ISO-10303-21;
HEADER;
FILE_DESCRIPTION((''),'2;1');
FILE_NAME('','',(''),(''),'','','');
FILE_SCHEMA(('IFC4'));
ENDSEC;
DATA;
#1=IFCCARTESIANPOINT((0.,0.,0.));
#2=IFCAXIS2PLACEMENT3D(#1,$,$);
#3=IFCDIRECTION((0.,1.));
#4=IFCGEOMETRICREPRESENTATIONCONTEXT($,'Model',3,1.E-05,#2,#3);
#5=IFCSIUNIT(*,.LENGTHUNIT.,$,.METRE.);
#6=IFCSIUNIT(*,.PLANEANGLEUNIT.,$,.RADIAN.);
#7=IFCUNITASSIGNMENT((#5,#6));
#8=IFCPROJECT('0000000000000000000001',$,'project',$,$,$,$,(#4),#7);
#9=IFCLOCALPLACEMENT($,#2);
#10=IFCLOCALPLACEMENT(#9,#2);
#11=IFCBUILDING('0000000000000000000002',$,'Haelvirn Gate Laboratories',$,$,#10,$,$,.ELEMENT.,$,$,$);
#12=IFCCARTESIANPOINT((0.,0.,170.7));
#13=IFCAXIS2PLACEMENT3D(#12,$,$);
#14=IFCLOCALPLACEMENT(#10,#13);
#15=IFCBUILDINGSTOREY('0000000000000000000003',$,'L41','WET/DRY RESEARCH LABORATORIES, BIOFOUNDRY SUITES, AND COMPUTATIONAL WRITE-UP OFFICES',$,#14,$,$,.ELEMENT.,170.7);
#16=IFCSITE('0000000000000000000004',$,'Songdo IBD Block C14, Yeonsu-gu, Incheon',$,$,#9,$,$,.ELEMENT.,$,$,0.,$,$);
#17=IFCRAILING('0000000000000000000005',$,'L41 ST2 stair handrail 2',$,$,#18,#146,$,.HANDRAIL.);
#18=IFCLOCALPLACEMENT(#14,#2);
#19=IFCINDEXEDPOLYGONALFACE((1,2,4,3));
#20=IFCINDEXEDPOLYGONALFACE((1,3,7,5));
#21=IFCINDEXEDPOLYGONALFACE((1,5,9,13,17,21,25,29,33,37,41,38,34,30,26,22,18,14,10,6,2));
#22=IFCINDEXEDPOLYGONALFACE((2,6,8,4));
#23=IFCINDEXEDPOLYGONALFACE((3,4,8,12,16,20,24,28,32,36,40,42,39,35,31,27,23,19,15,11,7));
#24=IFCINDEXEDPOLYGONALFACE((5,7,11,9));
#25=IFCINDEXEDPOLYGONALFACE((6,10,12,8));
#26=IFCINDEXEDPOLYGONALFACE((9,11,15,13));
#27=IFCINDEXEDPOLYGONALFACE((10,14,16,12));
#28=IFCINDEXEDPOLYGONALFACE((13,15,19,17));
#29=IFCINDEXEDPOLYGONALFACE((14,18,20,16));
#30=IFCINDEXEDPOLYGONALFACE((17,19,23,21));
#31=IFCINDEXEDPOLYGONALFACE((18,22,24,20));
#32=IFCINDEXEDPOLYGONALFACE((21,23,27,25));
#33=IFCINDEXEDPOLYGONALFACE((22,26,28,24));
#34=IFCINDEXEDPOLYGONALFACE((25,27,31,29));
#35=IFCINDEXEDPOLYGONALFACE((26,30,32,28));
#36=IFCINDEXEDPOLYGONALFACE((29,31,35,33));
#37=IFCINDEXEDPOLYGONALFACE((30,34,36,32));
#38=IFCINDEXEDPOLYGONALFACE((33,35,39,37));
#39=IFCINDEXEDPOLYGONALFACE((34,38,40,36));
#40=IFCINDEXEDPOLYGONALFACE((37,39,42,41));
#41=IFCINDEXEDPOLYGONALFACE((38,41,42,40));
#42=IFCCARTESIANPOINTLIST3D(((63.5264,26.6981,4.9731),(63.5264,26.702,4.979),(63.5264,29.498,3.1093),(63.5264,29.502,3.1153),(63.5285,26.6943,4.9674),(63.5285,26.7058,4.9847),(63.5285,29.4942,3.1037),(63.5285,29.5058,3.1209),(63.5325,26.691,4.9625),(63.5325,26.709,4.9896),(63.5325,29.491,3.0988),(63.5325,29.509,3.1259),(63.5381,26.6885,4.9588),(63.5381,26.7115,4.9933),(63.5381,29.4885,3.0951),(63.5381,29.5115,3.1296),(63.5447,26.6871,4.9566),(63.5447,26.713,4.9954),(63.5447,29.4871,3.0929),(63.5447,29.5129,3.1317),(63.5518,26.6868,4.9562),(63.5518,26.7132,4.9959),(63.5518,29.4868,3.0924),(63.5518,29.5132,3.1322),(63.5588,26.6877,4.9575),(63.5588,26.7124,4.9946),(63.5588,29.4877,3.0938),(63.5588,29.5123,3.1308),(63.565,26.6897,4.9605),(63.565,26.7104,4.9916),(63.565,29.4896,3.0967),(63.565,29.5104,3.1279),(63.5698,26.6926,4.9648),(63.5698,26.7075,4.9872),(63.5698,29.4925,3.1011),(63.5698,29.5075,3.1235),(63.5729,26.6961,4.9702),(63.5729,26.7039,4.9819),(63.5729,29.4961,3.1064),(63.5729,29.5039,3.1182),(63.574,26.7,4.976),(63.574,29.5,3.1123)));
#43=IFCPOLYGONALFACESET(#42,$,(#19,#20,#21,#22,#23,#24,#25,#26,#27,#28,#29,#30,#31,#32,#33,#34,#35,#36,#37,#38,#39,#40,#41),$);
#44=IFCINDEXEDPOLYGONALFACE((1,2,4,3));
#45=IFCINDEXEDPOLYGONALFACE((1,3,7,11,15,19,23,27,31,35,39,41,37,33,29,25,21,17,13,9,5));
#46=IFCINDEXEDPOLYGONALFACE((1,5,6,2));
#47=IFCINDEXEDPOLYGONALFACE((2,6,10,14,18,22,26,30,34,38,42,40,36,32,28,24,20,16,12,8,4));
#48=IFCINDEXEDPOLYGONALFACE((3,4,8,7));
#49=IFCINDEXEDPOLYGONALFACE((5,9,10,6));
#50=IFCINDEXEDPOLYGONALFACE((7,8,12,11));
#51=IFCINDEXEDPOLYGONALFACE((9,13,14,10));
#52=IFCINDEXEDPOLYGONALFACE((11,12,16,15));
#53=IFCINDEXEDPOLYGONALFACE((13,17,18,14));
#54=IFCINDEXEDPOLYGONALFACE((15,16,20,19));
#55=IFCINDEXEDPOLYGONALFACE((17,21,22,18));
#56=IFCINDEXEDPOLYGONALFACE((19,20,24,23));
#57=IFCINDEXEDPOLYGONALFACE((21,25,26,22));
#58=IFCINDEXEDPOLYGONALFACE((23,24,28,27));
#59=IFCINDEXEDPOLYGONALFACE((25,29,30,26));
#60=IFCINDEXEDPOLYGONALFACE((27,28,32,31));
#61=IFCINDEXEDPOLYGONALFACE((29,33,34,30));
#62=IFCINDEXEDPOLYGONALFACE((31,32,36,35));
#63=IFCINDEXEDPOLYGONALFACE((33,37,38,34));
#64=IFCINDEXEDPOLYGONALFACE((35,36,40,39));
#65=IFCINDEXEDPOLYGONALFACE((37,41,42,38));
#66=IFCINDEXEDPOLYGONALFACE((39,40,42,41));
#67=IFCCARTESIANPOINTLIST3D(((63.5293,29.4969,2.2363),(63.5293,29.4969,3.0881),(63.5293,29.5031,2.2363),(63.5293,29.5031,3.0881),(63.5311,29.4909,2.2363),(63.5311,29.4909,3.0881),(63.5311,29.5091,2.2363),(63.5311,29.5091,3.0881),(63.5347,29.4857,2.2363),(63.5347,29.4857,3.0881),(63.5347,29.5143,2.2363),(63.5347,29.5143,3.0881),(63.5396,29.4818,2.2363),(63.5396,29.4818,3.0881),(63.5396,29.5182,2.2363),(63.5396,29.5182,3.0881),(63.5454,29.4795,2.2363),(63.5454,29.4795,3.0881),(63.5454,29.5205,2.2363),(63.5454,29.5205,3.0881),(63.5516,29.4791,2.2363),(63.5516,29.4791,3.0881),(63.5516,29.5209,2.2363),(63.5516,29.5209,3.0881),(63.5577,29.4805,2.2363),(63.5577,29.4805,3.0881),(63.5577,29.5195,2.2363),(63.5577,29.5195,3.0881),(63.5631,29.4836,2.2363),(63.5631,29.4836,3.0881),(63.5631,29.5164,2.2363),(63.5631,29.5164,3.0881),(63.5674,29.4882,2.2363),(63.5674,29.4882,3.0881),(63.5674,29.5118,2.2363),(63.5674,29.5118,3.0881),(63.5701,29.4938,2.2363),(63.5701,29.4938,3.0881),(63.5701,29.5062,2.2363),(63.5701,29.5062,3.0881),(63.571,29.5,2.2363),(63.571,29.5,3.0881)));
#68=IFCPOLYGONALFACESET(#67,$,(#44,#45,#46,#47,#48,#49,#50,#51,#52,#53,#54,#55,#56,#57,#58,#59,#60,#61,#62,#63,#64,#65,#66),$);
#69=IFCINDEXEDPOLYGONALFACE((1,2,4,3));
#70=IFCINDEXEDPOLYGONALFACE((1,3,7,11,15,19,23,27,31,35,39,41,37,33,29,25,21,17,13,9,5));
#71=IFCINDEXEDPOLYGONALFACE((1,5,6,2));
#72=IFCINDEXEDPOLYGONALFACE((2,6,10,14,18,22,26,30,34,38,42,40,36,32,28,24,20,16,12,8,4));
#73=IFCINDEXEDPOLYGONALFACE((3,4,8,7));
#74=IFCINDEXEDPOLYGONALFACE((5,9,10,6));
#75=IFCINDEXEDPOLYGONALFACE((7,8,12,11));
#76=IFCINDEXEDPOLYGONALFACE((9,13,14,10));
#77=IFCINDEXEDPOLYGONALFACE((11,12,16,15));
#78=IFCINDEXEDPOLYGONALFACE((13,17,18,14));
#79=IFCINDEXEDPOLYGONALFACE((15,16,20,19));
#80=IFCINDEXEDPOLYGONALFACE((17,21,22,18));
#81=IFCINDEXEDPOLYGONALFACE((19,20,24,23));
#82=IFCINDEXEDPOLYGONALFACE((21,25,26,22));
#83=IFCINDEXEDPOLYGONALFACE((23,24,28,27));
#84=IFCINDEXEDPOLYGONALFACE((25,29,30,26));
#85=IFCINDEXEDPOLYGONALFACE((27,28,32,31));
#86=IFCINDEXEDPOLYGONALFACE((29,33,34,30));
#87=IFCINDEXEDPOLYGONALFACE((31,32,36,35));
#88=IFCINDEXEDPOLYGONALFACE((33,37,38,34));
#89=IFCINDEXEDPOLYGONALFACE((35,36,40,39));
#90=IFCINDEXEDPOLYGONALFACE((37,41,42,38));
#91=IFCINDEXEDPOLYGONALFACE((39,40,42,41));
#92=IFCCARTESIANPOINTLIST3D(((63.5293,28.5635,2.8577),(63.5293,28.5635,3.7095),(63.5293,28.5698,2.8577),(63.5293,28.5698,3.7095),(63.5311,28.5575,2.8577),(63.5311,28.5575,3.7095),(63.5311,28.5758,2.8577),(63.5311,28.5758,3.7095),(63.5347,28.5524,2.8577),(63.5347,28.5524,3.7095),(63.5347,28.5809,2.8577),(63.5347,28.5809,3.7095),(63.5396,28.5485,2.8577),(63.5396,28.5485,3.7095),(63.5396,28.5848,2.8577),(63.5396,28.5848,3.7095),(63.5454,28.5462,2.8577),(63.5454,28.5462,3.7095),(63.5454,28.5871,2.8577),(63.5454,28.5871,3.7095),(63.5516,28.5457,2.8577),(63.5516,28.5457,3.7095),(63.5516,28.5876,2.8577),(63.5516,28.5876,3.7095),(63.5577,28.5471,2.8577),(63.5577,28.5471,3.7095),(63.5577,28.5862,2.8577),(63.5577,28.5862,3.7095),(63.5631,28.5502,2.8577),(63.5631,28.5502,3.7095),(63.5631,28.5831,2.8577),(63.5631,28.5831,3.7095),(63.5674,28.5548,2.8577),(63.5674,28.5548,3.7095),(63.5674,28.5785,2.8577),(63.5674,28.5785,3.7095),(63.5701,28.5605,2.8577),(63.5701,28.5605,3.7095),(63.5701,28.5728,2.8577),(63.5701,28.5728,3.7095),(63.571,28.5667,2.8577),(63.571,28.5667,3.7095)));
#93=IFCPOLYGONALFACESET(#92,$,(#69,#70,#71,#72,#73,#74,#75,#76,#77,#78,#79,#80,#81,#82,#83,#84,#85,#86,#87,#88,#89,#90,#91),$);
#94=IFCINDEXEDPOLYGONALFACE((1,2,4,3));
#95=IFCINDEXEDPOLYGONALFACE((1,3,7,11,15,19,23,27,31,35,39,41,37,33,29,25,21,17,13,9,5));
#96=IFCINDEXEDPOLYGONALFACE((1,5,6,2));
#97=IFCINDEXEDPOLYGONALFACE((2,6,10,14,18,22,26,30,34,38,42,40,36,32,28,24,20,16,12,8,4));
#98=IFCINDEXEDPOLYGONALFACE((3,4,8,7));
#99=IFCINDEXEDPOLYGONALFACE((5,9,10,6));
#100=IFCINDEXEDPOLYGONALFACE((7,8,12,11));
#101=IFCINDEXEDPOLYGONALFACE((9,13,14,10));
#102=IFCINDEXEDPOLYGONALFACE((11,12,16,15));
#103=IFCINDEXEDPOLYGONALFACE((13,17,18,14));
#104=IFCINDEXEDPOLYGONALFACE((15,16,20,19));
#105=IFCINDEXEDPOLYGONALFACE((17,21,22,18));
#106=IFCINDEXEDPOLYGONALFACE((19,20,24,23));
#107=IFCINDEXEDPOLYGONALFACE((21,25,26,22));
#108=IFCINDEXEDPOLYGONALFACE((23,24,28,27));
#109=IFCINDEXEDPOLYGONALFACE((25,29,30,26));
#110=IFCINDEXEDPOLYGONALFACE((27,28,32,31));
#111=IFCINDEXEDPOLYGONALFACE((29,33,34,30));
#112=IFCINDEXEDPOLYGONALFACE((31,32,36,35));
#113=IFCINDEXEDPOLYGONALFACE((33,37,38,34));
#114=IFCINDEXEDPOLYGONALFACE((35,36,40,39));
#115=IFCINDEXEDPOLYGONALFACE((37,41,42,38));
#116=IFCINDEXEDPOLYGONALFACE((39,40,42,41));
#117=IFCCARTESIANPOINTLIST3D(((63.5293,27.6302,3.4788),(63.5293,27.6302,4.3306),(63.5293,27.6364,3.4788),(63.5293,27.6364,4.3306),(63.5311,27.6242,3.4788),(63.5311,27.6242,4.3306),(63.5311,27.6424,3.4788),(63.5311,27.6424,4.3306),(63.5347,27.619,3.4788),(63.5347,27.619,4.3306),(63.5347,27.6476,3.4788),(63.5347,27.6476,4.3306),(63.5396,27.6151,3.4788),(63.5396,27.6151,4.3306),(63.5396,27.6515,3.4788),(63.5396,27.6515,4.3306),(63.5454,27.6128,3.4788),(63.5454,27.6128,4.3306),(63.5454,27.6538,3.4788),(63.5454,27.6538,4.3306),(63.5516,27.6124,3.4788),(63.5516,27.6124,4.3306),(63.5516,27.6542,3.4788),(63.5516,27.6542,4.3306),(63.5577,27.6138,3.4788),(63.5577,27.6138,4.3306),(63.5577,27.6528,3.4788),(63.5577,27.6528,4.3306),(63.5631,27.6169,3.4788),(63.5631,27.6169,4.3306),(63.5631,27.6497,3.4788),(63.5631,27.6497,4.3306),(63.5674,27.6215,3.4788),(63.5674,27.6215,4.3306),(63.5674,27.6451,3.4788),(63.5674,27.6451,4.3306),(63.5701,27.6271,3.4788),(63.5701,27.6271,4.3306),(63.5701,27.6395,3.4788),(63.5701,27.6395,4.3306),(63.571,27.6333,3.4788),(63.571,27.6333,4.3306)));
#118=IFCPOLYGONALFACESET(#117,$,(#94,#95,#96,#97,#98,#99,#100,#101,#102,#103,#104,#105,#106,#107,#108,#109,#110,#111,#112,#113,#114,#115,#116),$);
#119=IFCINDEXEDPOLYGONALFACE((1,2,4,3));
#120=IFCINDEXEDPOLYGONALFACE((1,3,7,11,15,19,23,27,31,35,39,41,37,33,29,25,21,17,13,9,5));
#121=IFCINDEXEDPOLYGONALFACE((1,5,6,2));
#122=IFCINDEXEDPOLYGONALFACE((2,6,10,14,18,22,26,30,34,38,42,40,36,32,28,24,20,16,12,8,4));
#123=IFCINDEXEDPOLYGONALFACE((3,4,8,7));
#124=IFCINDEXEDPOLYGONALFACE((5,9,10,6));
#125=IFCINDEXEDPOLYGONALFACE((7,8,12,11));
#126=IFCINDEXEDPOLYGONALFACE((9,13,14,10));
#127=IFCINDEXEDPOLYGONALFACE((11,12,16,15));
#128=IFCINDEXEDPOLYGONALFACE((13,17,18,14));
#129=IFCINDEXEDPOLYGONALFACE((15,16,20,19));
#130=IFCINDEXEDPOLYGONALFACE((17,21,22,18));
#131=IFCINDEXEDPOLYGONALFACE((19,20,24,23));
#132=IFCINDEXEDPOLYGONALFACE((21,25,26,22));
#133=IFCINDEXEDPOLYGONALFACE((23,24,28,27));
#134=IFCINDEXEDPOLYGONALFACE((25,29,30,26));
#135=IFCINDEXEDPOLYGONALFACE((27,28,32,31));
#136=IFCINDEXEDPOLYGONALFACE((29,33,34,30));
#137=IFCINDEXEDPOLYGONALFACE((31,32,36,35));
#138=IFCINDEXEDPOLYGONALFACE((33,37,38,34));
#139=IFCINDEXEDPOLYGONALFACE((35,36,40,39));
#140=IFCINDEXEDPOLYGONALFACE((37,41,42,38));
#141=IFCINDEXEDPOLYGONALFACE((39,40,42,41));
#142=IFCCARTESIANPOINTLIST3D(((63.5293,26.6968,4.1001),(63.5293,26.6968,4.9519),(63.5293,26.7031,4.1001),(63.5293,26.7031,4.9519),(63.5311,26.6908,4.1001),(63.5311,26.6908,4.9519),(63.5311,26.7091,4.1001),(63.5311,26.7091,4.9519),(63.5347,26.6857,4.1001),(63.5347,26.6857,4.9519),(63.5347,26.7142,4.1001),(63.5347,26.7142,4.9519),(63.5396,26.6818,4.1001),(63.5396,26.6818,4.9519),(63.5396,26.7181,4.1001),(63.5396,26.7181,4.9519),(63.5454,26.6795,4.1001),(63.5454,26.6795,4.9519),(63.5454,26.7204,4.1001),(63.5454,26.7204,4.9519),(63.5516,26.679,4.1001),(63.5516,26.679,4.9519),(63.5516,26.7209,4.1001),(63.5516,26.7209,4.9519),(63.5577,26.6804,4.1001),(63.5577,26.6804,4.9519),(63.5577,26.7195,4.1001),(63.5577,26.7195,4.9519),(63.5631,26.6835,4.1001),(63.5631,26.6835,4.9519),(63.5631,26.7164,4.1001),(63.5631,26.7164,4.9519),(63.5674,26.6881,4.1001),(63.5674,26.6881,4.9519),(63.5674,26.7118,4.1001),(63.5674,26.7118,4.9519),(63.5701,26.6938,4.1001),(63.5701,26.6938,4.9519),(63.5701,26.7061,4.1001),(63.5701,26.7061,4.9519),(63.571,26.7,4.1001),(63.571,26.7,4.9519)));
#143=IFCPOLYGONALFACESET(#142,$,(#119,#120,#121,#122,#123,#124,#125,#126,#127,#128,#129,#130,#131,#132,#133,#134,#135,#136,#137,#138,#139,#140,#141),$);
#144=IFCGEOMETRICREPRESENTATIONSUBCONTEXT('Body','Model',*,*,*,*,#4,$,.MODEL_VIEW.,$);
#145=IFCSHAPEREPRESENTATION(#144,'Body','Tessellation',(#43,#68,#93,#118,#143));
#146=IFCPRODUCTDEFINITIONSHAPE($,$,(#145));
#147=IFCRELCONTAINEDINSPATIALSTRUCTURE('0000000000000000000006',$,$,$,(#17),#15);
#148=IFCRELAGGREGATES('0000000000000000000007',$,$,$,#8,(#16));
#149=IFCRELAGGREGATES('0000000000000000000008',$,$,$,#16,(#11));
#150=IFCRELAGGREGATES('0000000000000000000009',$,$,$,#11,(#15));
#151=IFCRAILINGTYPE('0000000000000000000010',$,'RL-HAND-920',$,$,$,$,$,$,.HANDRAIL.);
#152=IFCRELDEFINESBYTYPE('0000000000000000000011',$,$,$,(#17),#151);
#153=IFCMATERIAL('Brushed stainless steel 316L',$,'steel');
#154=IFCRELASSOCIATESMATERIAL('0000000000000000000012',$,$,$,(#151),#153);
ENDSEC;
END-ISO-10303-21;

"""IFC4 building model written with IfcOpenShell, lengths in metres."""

from ifc_helpers import new_model, si_unit, direction, frame, origin, origin_2d, place, context, subcontext, project, spatial, circle, extrude, source, transform, mapped, material, type_object, element, save


model = new_model("IFC4")

# Units and contexts
model_context = context("Model", 3, precision=1e-05, world=origin(), true_north=direction((0.0, 1.0)))
body_context = subcontext(model_context, "Body", "Model", "MODEL_VIEW")
ifc_project = project(units=[si_unit("LENGTHUNIT", "METRE"), si_unit("PLANEANGLEUNIT", "RADIAN")], contexts=[model_context])

# Site, building, storey
site_placement = place(None, origin())
site = spatial("IfcSite", under=ifc_project, at=site_placement, Name="Songdo IBD Block C14, Yeonsu-gu, Incheon", CompositionType="ELEMENT", RefElevation=0.0)
building_placement = place(site_placement, origin())
building = spatial("IfcBuilding", under=site, at=building_placement, Name="Haelvirn Gate Laboratories", CompositionType="ELEMENT")
storey_placement = place(building_placement, frame((0.0, 0.0, 170.7)))
storey = spatial("IfcBuildingStorey", under=building, at=storey_placement, Name="L41", Description="WET/DRY RESEARCH LABORATORIES, BIOFOUNDRY SUITES, AND COMPUTATIONAL WRITE-UP OFFICES", CompositionType="ELEMENT", Elevation=170.7)

# Railing
ifc_material_1 = material(Name="Brushed stainless steel 316L", Category="steel")
railing_type_1 = type_object("IfcRailingType", Name="RL-HAND-920", PredefinedType="HANDRAIL", material=ifc_material_1)
shared_shape_1 = source(origin(), body_context, "Body", "SweptSolid", [
    extrude(circle(Radius=0.0239, at=origin_2d()), frame((0.0, 0.0, 0.876), z_axis=(0.0, -0.832452, 0.554097), x_axis=(1.0, 0.0, 0.0)), (0.0, 0.0, 1.0), 3.3635),
    extrude(circle(Radius=0.021, at=origin_2d()), origin(), (0.0, 0.0, 1.0), 0.8518),
    extrude(circle(Radius=0.021, at=origin_2d()), frame((0.0, -0.9333, 0.6213)), (0.0, 0.0, 1.0), 0.8518),
    extrude(circle(Radius=0.021, at=origin_2d()), frame((0.0, -1.8667, 1.2424)), (0.0, 0.0, 1.0), 0.8518),
    extrude(circle(Radius=0.021, at=origin_2d()), frame((0.0, -2.8, 1.8638)), (0.0, 0.0, 1.0), 0.8518),
])
railing_1_placement = place(storey_placement, frame((63.55, 29.5, 2.2363)))
element("IfcRailing", 1, at=railing_1_placement, inside=storey, type_object=railing_type_1, Name="L41 ST2 stair handrail 2", PredefinedType="HANDRAIL", context=body_context, shape_type="MappedRepresentation", body=[
    mapped(shared_shape_1, transform((0.0, 0.0, 0.0), scale=1.0)),
])

save(model, "model.ifc")
